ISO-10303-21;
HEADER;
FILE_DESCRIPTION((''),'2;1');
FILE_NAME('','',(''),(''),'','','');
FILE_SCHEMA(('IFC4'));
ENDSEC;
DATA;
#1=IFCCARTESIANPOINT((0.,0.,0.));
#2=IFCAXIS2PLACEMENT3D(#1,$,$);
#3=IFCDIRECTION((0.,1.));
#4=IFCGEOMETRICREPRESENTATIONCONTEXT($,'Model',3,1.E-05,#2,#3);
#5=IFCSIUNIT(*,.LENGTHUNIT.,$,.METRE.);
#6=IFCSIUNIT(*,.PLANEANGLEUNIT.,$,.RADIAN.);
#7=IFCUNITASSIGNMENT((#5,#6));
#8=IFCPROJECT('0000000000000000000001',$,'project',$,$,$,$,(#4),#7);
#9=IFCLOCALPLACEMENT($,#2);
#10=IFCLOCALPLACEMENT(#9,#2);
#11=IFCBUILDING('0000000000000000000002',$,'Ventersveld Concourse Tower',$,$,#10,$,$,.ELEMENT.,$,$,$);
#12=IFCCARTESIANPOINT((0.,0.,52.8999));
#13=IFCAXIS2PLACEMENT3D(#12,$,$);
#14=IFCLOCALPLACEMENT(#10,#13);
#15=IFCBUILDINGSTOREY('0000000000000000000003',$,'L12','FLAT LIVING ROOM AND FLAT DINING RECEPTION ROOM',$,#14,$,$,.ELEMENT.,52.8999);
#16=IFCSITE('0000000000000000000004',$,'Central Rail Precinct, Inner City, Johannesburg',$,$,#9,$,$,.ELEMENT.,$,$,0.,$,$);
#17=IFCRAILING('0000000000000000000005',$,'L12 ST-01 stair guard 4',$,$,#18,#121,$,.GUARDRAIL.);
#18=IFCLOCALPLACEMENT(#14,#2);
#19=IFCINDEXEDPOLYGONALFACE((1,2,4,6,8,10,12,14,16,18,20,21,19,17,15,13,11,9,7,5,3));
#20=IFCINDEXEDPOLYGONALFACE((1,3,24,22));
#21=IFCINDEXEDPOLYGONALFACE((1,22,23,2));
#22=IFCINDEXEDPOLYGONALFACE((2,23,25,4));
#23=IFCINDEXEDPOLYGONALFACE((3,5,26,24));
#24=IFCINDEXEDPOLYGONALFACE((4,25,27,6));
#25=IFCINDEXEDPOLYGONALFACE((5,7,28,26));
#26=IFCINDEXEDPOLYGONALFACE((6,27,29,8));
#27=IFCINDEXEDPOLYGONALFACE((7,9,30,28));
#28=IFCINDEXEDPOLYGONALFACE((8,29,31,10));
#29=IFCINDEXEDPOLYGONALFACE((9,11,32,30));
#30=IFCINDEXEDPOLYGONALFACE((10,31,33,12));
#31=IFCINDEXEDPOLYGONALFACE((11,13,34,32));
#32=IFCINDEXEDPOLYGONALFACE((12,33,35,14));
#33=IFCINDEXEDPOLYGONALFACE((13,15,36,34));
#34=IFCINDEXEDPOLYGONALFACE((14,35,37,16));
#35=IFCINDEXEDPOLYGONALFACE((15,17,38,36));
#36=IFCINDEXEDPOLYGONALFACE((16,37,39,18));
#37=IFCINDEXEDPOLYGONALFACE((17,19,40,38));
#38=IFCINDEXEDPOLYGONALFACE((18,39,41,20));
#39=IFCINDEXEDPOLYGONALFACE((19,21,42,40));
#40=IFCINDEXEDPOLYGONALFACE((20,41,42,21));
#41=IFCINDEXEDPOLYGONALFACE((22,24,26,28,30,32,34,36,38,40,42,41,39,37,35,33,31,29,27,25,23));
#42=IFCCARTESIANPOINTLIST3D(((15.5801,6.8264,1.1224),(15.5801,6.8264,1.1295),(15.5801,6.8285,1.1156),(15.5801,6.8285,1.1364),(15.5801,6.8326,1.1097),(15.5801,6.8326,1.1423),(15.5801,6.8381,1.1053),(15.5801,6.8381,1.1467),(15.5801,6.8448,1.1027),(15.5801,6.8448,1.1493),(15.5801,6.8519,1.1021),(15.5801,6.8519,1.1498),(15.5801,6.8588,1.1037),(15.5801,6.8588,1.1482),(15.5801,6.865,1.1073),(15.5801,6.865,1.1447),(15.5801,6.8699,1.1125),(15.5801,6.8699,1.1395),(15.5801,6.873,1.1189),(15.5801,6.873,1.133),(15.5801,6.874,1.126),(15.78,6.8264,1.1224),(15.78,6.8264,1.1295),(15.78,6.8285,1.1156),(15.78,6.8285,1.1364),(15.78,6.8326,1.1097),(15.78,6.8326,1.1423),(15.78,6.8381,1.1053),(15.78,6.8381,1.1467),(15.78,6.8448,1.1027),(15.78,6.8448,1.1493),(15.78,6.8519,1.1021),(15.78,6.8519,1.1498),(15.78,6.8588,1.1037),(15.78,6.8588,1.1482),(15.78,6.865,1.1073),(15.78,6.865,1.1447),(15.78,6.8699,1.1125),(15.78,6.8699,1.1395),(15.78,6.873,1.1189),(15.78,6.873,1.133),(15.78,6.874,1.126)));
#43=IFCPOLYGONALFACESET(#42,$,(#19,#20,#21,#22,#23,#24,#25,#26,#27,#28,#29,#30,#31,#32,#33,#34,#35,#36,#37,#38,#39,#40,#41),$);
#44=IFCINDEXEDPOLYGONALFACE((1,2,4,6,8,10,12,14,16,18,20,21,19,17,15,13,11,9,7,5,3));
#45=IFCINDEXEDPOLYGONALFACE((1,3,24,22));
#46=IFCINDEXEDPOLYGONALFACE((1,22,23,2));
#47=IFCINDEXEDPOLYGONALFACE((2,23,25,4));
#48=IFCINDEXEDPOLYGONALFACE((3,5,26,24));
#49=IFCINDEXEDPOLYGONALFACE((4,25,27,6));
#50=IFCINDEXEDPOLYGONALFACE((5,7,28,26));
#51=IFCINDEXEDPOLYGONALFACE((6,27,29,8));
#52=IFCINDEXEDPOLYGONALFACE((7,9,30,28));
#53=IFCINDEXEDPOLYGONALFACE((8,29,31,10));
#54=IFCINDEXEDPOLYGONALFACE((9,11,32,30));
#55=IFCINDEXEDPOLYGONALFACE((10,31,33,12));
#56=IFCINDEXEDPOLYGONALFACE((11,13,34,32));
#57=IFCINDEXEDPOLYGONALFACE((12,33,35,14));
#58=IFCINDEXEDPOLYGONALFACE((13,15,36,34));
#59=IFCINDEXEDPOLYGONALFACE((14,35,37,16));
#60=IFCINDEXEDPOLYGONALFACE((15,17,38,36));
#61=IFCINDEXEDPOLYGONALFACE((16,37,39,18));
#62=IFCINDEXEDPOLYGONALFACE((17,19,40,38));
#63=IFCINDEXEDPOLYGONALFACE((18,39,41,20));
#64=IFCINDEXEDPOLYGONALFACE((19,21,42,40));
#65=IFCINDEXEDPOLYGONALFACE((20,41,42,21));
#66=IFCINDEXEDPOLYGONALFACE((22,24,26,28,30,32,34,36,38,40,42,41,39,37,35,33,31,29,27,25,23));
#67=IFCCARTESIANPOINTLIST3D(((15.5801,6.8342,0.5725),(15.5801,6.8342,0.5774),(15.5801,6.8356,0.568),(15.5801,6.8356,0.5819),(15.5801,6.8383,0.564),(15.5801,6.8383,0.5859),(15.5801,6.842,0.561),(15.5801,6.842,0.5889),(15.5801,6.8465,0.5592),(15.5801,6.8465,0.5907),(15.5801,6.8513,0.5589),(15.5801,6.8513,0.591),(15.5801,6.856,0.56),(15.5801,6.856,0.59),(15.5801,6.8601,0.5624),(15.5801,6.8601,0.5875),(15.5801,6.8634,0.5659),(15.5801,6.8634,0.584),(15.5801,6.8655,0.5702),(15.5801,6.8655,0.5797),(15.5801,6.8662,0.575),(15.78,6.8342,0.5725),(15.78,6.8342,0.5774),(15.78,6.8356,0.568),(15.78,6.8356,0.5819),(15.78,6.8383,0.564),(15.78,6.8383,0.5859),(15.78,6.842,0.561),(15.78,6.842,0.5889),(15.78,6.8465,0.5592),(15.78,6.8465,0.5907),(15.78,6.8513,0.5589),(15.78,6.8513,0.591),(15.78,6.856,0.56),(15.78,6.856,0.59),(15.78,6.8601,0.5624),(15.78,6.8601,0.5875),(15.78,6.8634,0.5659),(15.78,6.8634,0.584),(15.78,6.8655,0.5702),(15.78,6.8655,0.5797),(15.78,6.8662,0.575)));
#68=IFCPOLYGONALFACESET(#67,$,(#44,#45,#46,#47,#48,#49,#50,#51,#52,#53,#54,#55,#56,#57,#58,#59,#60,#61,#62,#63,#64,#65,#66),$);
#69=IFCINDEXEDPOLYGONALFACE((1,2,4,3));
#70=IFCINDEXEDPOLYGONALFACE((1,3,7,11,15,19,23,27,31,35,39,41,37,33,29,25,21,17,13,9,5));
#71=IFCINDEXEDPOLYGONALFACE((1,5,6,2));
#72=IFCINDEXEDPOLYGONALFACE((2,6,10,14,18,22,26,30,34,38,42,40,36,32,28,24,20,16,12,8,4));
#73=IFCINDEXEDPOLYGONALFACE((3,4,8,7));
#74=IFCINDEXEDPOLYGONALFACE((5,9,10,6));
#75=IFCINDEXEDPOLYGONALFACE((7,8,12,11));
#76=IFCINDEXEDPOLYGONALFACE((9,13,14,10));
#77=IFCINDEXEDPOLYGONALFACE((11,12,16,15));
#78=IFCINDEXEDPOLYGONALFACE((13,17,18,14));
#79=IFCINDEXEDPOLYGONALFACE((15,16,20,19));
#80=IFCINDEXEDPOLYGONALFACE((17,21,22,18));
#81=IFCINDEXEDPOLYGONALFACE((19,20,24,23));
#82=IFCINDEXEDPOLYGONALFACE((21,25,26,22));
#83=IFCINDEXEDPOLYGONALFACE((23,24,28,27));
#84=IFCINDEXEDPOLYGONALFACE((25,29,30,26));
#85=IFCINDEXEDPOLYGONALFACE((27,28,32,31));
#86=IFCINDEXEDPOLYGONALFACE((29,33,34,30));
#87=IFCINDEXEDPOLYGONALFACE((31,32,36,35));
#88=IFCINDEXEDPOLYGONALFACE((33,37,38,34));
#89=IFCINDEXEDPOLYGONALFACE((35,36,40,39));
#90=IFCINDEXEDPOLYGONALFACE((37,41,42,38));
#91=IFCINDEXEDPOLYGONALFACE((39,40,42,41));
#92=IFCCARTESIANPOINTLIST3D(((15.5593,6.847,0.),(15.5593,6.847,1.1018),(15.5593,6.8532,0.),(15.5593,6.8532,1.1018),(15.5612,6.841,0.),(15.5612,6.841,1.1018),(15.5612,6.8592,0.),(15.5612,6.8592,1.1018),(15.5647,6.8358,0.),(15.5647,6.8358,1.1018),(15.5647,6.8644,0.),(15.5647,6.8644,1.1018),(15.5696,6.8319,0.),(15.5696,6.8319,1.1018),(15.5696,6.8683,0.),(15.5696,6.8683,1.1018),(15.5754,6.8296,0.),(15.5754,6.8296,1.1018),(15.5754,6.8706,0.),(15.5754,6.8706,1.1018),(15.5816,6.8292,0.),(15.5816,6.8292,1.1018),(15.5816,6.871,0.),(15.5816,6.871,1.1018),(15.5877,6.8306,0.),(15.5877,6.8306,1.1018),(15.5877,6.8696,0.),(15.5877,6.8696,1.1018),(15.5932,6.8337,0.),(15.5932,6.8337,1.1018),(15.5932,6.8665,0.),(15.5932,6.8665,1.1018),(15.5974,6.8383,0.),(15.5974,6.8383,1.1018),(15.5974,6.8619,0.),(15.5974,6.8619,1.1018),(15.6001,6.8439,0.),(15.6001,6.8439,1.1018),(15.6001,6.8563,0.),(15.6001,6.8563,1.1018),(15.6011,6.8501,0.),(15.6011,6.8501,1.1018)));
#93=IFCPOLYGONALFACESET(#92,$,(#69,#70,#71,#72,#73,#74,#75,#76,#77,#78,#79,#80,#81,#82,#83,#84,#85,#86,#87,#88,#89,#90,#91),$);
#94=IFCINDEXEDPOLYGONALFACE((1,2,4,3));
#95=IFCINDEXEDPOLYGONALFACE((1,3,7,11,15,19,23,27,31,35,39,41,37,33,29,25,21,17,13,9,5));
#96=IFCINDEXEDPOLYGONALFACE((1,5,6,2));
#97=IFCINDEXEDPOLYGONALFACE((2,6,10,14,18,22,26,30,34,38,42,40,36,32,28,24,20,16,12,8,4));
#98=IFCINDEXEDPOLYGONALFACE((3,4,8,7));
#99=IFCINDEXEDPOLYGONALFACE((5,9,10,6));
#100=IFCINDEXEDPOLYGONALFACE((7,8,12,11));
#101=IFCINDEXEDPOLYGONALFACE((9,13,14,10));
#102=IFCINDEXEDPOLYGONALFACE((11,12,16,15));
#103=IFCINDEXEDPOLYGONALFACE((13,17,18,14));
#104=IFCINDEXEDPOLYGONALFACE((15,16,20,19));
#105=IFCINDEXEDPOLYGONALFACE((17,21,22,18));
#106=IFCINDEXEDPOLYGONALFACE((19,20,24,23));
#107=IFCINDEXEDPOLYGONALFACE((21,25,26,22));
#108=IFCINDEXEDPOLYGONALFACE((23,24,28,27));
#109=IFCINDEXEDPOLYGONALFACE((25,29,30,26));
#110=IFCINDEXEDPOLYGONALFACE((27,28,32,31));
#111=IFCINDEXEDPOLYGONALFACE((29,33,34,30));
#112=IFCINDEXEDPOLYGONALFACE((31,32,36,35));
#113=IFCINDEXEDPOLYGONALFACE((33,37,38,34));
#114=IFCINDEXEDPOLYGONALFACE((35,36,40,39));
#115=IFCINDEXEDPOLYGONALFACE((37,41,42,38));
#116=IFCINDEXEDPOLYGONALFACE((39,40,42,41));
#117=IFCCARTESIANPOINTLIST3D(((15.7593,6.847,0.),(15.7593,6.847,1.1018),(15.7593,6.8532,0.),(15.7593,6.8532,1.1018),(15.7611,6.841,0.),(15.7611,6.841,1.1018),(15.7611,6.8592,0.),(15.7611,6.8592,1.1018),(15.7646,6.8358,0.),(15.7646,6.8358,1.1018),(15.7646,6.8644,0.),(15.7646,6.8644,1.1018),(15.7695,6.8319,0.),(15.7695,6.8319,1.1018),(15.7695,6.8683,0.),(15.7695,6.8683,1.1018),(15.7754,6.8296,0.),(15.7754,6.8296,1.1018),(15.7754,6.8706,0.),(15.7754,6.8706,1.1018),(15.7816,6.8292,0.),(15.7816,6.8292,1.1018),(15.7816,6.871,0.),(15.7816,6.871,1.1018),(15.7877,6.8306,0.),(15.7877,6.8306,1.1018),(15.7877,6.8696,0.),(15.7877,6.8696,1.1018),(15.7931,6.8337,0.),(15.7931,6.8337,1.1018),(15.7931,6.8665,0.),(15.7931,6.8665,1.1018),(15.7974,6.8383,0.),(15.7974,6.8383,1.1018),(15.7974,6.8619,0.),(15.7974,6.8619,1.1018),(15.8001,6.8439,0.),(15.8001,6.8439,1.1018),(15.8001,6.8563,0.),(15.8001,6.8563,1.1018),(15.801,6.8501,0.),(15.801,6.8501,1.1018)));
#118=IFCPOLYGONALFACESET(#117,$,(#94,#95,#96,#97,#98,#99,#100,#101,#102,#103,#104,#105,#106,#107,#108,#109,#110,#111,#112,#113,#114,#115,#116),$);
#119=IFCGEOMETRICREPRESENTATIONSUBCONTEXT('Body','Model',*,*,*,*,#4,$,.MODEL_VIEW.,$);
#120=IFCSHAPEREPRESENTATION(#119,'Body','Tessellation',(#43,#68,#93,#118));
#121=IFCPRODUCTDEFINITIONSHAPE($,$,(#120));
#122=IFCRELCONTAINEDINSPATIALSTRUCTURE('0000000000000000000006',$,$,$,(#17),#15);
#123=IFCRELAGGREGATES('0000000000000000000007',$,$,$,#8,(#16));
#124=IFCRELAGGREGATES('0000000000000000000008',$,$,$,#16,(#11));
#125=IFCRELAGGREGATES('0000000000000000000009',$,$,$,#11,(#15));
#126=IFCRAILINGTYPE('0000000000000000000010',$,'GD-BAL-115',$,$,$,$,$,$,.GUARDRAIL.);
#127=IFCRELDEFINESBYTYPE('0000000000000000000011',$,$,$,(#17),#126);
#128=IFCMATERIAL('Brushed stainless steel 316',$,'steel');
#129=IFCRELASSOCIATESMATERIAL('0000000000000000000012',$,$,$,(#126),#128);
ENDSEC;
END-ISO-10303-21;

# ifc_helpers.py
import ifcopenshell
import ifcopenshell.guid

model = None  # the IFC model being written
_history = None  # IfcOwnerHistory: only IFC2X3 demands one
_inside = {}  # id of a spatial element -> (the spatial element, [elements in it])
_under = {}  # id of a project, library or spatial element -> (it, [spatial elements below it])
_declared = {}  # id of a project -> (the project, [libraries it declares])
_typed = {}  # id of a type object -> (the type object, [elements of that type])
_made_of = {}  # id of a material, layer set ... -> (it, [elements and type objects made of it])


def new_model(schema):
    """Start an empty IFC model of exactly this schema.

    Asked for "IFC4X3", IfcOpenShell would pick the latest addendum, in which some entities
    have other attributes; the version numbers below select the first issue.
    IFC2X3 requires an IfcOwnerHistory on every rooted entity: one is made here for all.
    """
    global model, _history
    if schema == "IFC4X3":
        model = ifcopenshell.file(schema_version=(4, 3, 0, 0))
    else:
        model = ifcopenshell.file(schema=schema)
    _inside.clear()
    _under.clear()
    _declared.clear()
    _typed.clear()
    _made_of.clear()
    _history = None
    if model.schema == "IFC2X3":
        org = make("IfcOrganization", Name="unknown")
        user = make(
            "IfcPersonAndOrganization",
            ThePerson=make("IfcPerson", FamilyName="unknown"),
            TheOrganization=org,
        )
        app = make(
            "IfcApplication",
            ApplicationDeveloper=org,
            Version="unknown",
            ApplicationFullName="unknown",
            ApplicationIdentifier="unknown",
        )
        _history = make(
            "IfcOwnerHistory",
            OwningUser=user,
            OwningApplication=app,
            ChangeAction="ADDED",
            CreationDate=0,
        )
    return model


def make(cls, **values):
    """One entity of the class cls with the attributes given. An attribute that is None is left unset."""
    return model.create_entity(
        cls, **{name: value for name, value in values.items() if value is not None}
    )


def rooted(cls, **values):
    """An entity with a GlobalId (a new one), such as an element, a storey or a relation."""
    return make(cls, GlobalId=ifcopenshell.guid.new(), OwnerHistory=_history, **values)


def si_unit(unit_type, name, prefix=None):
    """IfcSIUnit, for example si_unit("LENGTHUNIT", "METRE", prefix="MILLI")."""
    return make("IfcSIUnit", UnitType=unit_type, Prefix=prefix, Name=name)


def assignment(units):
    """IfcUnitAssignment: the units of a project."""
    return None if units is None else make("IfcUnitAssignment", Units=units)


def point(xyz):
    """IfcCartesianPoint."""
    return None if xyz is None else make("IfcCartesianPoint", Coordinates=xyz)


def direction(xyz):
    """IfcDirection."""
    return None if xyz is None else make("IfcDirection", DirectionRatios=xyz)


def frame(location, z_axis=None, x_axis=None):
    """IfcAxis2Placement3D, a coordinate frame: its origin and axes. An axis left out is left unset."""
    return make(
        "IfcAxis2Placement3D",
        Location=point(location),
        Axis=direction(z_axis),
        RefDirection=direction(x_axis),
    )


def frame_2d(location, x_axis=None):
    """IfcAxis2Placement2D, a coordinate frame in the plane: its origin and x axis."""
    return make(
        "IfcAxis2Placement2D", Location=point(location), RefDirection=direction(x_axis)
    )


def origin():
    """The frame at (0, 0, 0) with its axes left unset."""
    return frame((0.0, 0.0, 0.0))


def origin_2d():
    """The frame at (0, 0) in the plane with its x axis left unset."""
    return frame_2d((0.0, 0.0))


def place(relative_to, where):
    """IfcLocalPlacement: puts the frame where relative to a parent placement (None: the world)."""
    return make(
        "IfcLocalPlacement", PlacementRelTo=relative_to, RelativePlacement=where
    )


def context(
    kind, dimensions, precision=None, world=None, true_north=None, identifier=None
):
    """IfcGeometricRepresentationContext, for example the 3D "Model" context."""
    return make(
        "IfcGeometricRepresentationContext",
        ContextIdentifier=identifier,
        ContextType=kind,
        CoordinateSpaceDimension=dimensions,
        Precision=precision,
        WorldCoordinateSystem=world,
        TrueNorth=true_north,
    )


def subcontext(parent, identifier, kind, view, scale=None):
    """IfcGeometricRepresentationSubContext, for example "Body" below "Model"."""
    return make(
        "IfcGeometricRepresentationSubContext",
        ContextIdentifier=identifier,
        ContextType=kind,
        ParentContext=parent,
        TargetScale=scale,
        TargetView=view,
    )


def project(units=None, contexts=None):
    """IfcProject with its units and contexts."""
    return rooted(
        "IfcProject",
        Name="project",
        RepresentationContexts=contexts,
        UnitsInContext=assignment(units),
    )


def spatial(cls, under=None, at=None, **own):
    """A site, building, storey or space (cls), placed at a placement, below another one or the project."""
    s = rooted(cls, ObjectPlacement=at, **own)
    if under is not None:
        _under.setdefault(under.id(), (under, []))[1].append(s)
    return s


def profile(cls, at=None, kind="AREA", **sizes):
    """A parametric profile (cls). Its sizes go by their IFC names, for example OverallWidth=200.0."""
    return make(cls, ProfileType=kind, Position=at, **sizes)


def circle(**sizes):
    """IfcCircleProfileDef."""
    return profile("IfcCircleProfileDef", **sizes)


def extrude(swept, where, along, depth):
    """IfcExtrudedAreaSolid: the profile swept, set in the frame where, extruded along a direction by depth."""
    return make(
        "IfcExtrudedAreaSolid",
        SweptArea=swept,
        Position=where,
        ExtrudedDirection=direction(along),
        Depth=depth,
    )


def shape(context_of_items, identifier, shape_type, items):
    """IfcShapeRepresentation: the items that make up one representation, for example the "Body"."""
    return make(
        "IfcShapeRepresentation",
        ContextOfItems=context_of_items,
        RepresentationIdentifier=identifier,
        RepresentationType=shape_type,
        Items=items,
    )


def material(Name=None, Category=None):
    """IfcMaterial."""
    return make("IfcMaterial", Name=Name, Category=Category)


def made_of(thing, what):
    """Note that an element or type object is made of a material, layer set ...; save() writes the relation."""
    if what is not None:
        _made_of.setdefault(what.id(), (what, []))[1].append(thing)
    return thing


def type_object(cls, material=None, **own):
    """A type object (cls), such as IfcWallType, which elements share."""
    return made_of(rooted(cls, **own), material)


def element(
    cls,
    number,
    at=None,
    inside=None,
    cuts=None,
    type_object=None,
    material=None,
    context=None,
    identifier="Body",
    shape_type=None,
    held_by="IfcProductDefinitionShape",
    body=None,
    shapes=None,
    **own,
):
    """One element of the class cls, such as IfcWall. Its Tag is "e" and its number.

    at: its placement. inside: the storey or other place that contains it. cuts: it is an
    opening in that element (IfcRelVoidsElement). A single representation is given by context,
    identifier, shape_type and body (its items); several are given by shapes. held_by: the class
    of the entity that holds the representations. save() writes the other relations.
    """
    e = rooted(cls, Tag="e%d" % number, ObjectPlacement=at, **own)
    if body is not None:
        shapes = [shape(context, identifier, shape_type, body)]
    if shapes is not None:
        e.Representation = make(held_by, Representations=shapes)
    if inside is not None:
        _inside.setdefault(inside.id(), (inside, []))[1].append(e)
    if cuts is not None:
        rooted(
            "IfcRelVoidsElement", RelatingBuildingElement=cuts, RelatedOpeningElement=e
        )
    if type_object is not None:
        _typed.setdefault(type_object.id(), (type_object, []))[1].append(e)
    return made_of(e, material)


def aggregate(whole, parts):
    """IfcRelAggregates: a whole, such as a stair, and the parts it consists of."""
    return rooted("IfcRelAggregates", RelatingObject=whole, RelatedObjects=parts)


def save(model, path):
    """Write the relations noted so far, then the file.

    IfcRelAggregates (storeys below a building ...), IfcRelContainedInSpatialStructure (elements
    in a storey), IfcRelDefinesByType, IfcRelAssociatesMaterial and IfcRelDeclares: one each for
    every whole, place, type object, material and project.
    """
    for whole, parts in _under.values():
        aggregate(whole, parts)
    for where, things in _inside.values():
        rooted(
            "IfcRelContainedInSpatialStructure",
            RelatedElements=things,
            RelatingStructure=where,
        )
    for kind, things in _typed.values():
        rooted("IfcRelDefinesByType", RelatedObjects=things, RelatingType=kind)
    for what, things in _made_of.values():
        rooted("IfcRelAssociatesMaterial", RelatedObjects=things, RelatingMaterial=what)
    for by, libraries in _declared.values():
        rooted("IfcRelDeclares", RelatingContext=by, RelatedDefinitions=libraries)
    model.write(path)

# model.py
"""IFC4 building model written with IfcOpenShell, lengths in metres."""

from ifc_helpers import new_model, si_unit, direction, frame, origin, origin_2d, place, context, subcontext, project, spatial, circle, extrude, material, type_object, element, save


model = new_model("IFC4")

# Units and contexts
model_context = context("Model", 3, precision=1e-05, world=origin(), true_north=direction((0.0, 1.0)))
body_context = subcontext(model_context, "Body", "Model", "MODEL_VIEW")
ifc_project = project(units=[si_unit("LENGTHUNIT", "METRE"), si_unit("PLANEANGLEUNIT", "RADIAN")], contexts=[model_context])

# Site, building, storey
site_placement = place(None, origin())
site = spatial("IfcSite", under=ifc_project, at=site_placement, Name="Central Rail Precinct, Inner City, Johannesburg", CompositionType="ELEMENT", RefElevation=0.0)
building_placement = place(site_placement, origin())
building = spatial("IfcBuilding", under=site, at=building_placement, Name="Ventersveld Concourse Tower", CompositionType="ELEMENT")
storey_placement = place(building_placement, frame((0.0, 0.0, 52.8999)))
storey = spatial("IfcBuildingStorey", under=building, at=storey_placement, Name="L12", Description="FLAT LIVING ROOM AND FLAT DINING RECEPTION ROOM", CompositionType="ELEMENT", Elevation=52.8999)

# Shared definitions
ifc_material_1 = material(Name="Brushed stainless steel 316", Category="steel")

# Railing
railing_type = type_object("IfcRailingType", Name="GD-BAL-115", PredefinedType="GUARDRAIL", material=ifc_material_1)
railing_placement = place(storey_placement, frame((15.5801, 6.8501, 0.0)))
element("IfcRailing", 1, at=railing_placement, inside=storey, type_object=railing_type, Name="L12 ST-01 stair guard 4", PredefinedType="GUARDRAIL", context=body_context, shape_type="SweptSolid", body=[
    extrude(circle(Radius=0.0239, at=origin_2d()), frame((0.0, 0.0, 1.126), z_axis=(1.0, 0.0, 0.0), x_axis=(0.0, 1.0, 0.0)), (0.0, 0.0, 1.0), 0.2),
    extrude(circle(Radius=0.0161, at=origin_2d()), frame((0.0, 0.0, 0.575), z_axis=(1.0, 0.0, 0.0), x_axis=(0.0, 1.0, 0.0)), (0.0, 0.0, 1.0), 0.2),
    extrude(circle(Radius=0.021, at=origin_2d()), origin(), (0.0, 0.0, 1.0), 1.1018),
    extrude(circle(Radius=0.021, at=origin_2d()), frame((0.2, 0.0, 0.0)), (0.0, 0.0, 1.0), 1.1018),
])

save(model, "model.ifc")
